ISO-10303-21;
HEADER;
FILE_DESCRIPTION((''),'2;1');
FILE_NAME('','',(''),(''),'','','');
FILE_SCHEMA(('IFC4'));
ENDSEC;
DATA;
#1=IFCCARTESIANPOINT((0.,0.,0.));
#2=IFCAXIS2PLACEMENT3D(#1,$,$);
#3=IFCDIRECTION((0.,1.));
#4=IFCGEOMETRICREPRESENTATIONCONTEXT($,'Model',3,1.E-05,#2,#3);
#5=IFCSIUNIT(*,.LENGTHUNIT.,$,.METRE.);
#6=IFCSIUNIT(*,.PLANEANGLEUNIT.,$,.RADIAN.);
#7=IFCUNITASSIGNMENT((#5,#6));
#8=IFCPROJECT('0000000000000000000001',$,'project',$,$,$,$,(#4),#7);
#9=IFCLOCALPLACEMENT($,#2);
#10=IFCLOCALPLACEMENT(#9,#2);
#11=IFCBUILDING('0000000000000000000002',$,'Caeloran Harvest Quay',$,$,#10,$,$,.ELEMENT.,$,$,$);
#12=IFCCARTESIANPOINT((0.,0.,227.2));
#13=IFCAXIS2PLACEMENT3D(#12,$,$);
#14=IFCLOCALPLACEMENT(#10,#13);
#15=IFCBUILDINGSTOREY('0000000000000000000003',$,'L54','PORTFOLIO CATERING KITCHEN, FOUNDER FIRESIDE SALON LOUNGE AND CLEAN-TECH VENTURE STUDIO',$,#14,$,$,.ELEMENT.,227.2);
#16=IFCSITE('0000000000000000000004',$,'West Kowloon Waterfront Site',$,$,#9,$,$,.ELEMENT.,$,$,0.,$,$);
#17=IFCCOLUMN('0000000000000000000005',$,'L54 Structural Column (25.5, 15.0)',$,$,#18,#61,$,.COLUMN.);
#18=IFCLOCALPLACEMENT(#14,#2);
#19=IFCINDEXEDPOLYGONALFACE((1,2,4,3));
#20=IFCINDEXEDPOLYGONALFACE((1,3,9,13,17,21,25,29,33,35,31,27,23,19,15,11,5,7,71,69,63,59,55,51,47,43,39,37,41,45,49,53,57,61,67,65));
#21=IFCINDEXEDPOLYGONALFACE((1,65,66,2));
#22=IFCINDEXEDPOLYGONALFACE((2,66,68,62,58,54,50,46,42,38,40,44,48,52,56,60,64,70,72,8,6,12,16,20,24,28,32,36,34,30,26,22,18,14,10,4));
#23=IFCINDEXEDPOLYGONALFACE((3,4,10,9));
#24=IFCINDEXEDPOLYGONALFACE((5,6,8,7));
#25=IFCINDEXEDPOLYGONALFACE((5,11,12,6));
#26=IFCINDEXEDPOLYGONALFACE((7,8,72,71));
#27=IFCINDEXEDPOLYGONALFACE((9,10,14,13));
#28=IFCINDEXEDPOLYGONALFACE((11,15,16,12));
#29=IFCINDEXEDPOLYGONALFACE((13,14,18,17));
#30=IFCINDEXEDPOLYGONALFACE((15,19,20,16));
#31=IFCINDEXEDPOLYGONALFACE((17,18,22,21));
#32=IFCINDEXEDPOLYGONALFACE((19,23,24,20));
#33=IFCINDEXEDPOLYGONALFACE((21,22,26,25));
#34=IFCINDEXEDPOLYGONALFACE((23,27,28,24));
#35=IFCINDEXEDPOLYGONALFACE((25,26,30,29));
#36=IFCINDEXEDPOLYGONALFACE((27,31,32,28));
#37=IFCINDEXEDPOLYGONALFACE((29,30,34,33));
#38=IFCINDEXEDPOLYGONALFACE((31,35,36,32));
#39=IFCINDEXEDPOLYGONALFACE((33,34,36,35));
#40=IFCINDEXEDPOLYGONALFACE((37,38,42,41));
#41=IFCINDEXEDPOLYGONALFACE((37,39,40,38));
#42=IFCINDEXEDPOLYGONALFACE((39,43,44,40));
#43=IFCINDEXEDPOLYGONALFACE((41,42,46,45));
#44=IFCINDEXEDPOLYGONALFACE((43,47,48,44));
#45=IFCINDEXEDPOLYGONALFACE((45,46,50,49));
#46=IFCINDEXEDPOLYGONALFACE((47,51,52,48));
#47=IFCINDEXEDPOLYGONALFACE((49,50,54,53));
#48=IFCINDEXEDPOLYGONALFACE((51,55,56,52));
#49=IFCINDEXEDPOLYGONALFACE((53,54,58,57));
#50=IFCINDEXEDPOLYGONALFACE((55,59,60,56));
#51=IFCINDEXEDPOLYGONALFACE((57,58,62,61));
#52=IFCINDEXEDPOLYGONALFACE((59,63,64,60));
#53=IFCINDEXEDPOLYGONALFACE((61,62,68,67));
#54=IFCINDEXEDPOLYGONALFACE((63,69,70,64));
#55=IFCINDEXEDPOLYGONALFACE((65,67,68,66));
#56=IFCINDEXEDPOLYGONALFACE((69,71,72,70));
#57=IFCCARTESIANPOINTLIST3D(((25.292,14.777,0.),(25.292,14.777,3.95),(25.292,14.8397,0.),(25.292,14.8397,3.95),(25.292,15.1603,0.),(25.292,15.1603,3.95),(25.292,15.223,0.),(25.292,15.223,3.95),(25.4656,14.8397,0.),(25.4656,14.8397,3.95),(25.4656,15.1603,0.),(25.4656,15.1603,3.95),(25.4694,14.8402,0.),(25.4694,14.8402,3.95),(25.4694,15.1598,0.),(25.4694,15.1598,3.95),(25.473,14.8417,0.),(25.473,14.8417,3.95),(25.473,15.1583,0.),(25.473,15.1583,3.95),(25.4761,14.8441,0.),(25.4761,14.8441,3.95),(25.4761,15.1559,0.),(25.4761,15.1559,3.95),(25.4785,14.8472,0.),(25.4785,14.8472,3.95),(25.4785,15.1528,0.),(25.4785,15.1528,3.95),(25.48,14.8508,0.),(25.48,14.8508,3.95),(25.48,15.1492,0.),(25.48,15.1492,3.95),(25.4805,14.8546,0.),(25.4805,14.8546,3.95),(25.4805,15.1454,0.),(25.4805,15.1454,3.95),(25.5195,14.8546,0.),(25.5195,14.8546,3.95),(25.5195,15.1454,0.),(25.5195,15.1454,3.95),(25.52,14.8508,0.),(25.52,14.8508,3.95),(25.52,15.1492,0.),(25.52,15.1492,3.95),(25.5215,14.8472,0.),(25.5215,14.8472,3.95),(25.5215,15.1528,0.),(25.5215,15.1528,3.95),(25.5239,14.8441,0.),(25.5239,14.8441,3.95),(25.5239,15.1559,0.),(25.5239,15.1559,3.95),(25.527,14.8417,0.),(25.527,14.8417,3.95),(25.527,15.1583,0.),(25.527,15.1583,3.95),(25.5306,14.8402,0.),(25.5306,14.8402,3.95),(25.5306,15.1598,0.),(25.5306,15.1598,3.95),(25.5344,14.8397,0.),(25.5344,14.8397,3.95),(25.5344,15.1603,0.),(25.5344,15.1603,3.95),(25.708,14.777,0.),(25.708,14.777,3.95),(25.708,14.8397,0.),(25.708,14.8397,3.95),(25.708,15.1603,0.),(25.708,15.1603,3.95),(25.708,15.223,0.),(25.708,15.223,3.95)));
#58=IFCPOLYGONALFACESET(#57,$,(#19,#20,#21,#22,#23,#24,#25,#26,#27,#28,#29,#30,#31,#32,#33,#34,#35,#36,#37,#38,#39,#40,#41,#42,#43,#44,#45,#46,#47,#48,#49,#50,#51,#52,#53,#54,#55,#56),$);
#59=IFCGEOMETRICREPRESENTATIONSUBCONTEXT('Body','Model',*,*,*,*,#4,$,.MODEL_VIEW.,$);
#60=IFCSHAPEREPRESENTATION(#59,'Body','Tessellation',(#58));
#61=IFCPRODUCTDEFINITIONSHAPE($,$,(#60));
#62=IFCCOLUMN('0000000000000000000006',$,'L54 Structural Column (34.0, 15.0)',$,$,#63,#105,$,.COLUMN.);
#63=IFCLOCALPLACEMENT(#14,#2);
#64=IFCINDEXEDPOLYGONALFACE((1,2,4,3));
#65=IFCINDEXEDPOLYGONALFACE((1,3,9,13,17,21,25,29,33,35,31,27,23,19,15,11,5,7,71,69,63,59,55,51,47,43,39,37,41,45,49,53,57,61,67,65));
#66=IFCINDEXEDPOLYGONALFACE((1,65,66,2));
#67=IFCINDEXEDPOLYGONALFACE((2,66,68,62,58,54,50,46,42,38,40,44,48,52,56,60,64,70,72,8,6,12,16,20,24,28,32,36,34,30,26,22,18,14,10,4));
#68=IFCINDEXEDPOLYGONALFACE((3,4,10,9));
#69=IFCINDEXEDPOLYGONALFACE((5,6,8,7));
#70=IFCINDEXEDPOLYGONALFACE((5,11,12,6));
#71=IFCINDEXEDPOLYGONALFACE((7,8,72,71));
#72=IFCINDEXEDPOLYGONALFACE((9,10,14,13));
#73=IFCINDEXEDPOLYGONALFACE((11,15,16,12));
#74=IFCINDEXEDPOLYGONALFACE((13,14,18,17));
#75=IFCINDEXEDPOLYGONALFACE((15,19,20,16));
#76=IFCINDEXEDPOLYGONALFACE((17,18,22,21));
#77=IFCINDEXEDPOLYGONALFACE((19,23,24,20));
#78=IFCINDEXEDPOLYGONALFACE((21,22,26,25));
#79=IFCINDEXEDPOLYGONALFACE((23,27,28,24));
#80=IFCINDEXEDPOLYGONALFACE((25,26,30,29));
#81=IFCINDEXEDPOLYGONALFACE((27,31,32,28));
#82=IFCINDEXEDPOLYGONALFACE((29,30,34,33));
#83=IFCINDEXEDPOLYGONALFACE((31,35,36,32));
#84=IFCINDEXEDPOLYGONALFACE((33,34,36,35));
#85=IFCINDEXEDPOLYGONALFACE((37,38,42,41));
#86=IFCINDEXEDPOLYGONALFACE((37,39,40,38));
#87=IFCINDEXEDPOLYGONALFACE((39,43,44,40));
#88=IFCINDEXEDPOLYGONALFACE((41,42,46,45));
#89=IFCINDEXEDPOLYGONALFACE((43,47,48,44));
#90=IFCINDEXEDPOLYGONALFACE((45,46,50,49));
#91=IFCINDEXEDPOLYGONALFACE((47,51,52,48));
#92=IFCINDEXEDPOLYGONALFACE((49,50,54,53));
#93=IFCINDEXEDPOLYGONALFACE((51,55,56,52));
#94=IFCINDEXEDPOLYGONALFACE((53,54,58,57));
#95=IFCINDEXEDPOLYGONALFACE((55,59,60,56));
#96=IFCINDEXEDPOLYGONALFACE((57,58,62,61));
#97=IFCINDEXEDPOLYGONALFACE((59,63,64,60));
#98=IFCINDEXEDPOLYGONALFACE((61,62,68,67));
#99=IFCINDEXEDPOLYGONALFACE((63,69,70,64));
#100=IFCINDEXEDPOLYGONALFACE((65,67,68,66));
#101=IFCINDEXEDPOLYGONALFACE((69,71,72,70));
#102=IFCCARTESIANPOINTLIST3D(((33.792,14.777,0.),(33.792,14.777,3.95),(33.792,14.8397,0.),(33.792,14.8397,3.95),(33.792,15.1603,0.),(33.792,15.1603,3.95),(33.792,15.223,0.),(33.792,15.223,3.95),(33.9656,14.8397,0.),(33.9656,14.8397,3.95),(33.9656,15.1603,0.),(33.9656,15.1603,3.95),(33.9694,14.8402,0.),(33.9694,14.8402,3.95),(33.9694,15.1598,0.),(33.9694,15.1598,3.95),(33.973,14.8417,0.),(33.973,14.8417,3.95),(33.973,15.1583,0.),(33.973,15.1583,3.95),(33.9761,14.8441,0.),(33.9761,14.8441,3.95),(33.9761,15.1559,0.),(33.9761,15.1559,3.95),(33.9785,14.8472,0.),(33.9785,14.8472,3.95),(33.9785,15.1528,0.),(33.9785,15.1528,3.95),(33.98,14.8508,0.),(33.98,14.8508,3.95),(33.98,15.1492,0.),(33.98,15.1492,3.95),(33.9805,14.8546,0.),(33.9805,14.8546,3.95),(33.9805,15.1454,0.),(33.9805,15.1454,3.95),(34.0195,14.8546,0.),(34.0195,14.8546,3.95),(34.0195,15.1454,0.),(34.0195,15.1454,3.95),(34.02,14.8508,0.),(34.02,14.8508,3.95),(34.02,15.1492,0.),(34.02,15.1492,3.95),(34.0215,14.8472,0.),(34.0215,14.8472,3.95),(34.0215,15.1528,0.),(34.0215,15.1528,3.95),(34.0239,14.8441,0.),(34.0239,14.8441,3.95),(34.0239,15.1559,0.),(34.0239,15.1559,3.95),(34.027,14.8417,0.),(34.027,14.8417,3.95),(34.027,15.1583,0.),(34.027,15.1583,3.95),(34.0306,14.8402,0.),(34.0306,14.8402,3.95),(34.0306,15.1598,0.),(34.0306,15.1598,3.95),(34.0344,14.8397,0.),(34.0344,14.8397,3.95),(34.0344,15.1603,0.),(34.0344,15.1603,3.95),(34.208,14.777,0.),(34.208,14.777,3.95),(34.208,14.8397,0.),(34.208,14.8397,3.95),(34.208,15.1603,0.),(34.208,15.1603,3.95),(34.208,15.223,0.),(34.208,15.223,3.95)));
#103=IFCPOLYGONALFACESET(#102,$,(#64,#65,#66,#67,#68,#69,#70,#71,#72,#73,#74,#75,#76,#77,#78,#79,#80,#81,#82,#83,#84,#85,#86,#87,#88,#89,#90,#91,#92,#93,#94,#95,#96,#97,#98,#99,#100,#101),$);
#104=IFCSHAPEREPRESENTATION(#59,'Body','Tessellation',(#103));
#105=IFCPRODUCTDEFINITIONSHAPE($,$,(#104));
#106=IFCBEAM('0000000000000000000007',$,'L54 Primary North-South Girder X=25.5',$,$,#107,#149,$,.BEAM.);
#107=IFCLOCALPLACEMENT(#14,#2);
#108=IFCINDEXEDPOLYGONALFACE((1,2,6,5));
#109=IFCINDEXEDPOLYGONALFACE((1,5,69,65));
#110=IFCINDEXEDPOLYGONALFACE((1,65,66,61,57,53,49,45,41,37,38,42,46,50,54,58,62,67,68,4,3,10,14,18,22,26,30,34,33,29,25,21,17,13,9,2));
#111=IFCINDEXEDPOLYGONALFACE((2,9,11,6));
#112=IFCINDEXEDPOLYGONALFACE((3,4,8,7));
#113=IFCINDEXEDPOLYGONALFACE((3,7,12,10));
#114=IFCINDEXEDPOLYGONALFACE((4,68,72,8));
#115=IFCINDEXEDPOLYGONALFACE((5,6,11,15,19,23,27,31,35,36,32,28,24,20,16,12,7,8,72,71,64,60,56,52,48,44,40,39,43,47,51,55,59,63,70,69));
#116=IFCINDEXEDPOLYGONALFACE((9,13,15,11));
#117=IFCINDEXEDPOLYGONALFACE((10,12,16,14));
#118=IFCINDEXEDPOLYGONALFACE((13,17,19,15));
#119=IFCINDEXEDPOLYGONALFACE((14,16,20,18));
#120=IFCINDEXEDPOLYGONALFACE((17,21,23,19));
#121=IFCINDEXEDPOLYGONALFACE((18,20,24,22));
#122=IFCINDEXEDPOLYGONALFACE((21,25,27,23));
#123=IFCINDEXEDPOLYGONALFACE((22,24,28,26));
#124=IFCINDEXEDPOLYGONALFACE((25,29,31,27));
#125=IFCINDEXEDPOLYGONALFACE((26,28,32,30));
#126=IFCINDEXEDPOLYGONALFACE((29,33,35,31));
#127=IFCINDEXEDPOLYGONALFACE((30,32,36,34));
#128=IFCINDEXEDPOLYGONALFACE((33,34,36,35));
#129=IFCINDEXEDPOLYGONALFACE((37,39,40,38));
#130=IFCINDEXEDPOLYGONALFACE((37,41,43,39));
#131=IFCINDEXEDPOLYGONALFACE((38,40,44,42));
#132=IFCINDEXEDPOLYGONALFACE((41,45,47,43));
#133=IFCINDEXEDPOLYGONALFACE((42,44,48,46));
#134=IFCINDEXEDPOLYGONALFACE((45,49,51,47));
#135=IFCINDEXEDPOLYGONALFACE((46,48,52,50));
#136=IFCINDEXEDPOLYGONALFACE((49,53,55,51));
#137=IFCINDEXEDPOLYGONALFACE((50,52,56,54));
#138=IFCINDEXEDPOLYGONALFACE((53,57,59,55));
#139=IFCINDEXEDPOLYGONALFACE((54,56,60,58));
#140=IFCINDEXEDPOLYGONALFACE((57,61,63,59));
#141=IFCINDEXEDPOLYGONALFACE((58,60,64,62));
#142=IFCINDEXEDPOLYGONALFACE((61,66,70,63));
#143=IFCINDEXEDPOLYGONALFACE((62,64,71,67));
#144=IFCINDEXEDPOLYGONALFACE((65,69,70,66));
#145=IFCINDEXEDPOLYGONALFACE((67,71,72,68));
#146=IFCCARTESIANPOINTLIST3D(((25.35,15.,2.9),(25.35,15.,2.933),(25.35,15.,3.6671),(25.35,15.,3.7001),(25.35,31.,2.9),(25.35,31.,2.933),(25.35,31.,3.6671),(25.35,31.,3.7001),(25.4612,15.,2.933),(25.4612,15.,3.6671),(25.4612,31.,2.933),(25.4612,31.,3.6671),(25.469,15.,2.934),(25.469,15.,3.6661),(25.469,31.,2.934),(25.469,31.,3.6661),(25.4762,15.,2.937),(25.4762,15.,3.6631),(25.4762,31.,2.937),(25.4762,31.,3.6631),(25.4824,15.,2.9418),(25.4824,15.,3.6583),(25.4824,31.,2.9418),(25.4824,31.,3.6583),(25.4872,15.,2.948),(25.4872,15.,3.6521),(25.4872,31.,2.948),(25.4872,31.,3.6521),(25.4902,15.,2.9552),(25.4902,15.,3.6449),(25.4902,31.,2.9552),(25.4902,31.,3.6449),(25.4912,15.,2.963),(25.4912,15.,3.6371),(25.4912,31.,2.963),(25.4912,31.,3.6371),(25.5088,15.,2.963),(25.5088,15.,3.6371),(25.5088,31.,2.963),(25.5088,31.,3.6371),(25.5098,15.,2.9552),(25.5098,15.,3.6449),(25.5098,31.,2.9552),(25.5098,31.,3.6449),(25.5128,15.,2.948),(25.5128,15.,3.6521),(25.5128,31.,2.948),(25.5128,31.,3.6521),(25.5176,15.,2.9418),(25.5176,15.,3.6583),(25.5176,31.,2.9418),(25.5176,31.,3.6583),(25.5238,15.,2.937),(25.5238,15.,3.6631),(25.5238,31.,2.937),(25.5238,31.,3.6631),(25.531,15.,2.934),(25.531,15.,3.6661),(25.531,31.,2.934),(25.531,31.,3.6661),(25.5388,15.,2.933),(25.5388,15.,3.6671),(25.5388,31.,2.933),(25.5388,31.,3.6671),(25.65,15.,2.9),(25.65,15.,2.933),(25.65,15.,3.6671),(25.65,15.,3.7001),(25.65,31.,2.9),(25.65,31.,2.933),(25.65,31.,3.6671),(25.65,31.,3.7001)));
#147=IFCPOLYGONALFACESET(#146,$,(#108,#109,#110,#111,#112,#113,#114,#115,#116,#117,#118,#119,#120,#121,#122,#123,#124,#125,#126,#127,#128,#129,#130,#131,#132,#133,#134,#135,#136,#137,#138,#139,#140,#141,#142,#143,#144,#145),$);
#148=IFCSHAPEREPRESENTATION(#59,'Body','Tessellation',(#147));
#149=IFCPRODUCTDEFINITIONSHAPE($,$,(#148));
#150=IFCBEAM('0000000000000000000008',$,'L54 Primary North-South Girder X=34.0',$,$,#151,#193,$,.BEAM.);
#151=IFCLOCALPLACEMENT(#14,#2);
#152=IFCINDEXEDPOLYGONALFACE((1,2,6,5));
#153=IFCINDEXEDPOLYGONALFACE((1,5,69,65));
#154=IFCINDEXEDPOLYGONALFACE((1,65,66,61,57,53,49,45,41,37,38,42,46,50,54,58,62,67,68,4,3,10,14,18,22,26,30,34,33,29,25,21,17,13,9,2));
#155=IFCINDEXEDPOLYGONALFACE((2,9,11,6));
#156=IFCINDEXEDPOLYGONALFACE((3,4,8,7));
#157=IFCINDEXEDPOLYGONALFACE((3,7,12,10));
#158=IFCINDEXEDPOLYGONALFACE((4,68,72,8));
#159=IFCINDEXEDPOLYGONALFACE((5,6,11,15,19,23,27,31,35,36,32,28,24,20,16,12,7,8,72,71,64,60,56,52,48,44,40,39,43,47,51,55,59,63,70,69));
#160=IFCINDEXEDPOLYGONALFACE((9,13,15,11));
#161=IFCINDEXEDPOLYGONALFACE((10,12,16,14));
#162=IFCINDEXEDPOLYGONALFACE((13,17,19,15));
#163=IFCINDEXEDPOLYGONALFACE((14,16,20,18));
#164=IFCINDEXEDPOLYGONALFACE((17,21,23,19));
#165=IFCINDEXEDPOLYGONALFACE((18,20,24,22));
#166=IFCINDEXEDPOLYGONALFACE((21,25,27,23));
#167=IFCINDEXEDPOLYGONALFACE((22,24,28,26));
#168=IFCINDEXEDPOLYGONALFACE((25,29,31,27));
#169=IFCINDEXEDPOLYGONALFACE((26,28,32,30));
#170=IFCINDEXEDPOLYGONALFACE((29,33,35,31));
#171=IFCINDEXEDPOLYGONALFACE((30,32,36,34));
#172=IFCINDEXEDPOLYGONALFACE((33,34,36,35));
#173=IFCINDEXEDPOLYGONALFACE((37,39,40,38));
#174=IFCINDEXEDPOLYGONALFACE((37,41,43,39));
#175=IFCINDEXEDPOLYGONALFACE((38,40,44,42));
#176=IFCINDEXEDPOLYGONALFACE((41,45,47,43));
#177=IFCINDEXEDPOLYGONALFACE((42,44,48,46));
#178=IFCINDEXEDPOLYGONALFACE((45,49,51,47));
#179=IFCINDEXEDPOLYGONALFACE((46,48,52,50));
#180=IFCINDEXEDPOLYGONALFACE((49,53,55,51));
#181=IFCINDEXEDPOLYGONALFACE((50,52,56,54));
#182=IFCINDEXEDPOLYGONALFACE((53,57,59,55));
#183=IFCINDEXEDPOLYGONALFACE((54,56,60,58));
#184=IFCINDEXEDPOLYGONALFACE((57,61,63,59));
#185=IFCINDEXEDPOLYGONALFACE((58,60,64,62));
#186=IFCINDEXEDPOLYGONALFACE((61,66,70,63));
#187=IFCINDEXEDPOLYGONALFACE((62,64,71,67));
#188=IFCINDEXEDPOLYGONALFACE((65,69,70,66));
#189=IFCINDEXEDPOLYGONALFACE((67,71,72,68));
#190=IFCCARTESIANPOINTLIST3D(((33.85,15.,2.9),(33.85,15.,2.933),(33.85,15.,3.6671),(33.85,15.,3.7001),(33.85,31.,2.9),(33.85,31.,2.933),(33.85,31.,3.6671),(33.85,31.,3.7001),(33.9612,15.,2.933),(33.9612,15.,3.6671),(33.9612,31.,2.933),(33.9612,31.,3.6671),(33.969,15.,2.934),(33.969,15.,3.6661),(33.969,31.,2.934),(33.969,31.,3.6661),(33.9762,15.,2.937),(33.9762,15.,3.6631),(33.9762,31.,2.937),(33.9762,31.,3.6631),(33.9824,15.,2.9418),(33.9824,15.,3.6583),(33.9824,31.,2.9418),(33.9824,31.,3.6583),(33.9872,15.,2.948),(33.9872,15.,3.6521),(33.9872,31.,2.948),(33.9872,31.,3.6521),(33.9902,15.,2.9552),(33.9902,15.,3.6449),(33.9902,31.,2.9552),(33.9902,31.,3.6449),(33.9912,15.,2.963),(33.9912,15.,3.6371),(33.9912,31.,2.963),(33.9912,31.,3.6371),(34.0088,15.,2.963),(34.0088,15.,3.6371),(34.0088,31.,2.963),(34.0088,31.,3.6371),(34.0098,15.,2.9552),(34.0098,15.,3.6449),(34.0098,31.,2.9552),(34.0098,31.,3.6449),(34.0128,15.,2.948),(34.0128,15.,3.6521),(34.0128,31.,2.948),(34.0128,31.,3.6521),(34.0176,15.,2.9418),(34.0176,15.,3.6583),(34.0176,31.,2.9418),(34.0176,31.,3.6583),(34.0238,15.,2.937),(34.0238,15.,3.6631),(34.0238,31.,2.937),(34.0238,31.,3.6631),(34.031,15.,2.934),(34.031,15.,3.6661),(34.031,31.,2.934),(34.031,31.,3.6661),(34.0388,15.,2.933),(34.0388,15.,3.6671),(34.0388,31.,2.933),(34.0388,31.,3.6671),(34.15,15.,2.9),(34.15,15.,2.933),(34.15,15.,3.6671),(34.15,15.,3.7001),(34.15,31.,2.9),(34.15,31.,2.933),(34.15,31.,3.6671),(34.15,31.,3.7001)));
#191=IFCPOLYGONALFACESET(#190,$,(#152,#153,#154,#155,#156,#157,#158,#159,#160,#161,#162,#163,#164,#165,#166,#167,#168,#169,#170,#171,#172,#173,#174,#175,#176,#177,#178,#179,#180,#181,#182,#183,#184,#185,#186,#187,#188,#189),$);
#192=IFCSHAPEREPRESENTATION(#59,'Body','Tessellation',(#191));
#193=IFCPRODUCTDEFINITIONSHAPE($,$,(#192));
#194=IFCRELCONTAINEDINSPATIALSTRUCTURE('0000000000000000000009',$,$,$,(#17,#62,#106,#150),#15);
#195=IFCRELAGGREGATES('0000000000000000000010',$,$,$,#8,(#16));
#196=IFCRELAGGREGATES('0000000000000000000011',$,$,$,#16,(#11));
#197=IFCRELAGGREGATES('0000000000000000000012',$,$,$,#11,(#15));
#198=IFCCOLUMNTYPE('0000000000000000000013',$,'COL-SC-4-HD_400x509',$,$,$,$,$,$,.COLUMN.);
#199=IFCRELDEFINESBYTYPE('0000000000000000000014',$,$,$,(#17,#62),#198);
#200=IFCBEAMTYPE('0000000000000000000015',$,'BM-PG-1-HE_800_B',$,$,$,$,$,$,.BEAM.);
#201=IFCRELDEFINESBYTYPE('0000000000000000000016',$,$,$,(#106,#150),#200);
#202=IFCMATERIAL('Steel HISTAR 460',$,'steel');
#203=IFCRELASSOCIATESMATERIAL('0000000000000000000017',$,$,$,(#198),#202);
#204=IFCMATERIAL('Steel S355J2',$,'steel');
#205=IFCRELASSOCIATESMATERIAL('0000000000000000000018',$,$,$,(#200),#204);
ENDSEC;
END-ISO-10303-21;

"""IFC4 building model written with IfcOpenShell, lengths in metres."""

from ifc_helpers import new_model, si_unit, direction, frame, origin, origin_2d, place, context, subcontext, project, spatial, i_section, extrude, material, material_profile, profile_set, type_object, element, save


model = new_model("IFC4")

# Units and contexts
model_context = context("Model", 3, precision=1e-05, world=origin(), true_north=direction((0.0, 1.0)))
body_context = subcontext(model_context, "Body", "Model", "MODEL_VIEW")
ifc_project = project(units=[si_unit("LENGTHUNIT", "METRE"), si_unit("PLANEANGLEUNIT", "RADIAN")], contexts=[model_context])

# Site, building, storey
site_placement = place(None, origin())
site = spatial("IfcSite", under=ifc_project, at=site_placement, Name="West Kowloon Waterfront Site", CompositionType="ELEMENT", RefElevation=0.0)
building_placement = place(site_placement, origin())
building = spatial("IfcBuilding", under=site, at=building_placement, Name="Caeloran Harvest Quay", CompositionType="ELEMENT")
storey_placement = place(building_placement, frame((0.0, 0.0, 227.2)))
storey = spatial("IfcBuildingStorey", under=building, at=storey_placement, Name="L54", Description="PORTFOLIO CATERING KITCHEN, FOUNDER FIRESIDE SALON LOUNGE AND CLEAN-TECH VENTURE STUDIO", CompositionType="ELEMENT", Elevation=227.2)

# Columns
ifc_material_1 = material(Name="Steel HISTAR 460", Category="steel")
ifc_material_profile_1 = material_profile(ifc_material_1, i_section(OverallWidth=0.416, OverallDepth=0.446, WebThickness=0.0391, FlangeThickness=0.0627, FilletRadius=0.0149, at=origin_2d()), Name="HD 400x509")
ifc_profile_set_1 = profile_set([ifc_material_profile_1], Name="Steel HISTAR 460")
column_type = type_object("IfcColumnType", Name="COL-SC-4-HD_400x509", PredefinedType="COLUMN", material=ifc_profile_set_1)
for number, where, z_axis, x_axis, name in (
    (1, (25.5, 15.0, 0.0), (0.0, 0.0, 1.0), (1.0, 0.0, 0.0), "L54 Structural Column (25.5, 15.0)"),
    (2, (34.0, 15.0, 0.0), (0.0, 0.0, 1.0), (1.0, 0.0, 0.0), "L54 Structural Column (34.0, 15.0)"),
):
    element("IfcColumn", number, at=place(storey_placement, frame(where, z_axis=z_axis, x_axis=x_axis)), inside=storey, type_object=column_type, Name=name, PredefinedType="COLUMN", context=body_context, shape_type="SweptSolid", body=[
        extrude(i_section(OverallWidth=0.416, OverallDepth=0.446, WebThickness=0.0391, FlangeThickness=0.0627, FilletRadius=0.0149, at=origin_2d()), origin(), (0.0, 0.0, 1.0), 3.95),
    ])

# Beams
ifc_material_2 = material(Name="Steel S355J2", Category="steel")
ifc_material_profile_2 = material_profile(ifc_material_2, i_section(OverallWidth=0.3, OverallDepth=0.8, WebThickness=0.0176, FlangeThickness=0.033, FilletRadius=0.03, at=origin_2d()), Name="HE 800 B")
ifc_profile_set_2 = profile_set([ifc_material_profile_2], Name="Steel S355J2")
beam_type_1 = type_object("IfcBeamType", Name="BM-PG-1-HE_800_B", PredefinedType="BEAM", material=ifc_profile_set_2)
for number, where, z_axis, x_axis, name in (
    (3, (25.5, 15.0, 3.3), (0.0, 1.0, 0.0), (-1.0, 0.0, 0.0), "L54 Primary North-South Girder X=25.5"),
    (4, (34.0, 15.0, 3.3), (0.0, 1.0, 0.0), (-1.0, 0.0, 0.0), "L54 Primary North-South Girder X=34.0"),
):
    element("IfcBeam", number, at=place(storey_placement, frame(where, z_axis=z_axis, x_axis=x_axis)), inside=storey, type_object=beam_type_1, Name=name, PredefinedType="BEAM", context=body_context, shape_type="SweptSolid", body=[
        extrude(i_section(OverallWidth=0.3, OverallDepth=0.8, WebThickness=0.0176, FlangeThickness=0.033, FilletRadius=0.03, at=origin_2d()), origin(), (0.0, 0.0, 1.0), 16.0),
    ])

save(model, "model.ifc")
